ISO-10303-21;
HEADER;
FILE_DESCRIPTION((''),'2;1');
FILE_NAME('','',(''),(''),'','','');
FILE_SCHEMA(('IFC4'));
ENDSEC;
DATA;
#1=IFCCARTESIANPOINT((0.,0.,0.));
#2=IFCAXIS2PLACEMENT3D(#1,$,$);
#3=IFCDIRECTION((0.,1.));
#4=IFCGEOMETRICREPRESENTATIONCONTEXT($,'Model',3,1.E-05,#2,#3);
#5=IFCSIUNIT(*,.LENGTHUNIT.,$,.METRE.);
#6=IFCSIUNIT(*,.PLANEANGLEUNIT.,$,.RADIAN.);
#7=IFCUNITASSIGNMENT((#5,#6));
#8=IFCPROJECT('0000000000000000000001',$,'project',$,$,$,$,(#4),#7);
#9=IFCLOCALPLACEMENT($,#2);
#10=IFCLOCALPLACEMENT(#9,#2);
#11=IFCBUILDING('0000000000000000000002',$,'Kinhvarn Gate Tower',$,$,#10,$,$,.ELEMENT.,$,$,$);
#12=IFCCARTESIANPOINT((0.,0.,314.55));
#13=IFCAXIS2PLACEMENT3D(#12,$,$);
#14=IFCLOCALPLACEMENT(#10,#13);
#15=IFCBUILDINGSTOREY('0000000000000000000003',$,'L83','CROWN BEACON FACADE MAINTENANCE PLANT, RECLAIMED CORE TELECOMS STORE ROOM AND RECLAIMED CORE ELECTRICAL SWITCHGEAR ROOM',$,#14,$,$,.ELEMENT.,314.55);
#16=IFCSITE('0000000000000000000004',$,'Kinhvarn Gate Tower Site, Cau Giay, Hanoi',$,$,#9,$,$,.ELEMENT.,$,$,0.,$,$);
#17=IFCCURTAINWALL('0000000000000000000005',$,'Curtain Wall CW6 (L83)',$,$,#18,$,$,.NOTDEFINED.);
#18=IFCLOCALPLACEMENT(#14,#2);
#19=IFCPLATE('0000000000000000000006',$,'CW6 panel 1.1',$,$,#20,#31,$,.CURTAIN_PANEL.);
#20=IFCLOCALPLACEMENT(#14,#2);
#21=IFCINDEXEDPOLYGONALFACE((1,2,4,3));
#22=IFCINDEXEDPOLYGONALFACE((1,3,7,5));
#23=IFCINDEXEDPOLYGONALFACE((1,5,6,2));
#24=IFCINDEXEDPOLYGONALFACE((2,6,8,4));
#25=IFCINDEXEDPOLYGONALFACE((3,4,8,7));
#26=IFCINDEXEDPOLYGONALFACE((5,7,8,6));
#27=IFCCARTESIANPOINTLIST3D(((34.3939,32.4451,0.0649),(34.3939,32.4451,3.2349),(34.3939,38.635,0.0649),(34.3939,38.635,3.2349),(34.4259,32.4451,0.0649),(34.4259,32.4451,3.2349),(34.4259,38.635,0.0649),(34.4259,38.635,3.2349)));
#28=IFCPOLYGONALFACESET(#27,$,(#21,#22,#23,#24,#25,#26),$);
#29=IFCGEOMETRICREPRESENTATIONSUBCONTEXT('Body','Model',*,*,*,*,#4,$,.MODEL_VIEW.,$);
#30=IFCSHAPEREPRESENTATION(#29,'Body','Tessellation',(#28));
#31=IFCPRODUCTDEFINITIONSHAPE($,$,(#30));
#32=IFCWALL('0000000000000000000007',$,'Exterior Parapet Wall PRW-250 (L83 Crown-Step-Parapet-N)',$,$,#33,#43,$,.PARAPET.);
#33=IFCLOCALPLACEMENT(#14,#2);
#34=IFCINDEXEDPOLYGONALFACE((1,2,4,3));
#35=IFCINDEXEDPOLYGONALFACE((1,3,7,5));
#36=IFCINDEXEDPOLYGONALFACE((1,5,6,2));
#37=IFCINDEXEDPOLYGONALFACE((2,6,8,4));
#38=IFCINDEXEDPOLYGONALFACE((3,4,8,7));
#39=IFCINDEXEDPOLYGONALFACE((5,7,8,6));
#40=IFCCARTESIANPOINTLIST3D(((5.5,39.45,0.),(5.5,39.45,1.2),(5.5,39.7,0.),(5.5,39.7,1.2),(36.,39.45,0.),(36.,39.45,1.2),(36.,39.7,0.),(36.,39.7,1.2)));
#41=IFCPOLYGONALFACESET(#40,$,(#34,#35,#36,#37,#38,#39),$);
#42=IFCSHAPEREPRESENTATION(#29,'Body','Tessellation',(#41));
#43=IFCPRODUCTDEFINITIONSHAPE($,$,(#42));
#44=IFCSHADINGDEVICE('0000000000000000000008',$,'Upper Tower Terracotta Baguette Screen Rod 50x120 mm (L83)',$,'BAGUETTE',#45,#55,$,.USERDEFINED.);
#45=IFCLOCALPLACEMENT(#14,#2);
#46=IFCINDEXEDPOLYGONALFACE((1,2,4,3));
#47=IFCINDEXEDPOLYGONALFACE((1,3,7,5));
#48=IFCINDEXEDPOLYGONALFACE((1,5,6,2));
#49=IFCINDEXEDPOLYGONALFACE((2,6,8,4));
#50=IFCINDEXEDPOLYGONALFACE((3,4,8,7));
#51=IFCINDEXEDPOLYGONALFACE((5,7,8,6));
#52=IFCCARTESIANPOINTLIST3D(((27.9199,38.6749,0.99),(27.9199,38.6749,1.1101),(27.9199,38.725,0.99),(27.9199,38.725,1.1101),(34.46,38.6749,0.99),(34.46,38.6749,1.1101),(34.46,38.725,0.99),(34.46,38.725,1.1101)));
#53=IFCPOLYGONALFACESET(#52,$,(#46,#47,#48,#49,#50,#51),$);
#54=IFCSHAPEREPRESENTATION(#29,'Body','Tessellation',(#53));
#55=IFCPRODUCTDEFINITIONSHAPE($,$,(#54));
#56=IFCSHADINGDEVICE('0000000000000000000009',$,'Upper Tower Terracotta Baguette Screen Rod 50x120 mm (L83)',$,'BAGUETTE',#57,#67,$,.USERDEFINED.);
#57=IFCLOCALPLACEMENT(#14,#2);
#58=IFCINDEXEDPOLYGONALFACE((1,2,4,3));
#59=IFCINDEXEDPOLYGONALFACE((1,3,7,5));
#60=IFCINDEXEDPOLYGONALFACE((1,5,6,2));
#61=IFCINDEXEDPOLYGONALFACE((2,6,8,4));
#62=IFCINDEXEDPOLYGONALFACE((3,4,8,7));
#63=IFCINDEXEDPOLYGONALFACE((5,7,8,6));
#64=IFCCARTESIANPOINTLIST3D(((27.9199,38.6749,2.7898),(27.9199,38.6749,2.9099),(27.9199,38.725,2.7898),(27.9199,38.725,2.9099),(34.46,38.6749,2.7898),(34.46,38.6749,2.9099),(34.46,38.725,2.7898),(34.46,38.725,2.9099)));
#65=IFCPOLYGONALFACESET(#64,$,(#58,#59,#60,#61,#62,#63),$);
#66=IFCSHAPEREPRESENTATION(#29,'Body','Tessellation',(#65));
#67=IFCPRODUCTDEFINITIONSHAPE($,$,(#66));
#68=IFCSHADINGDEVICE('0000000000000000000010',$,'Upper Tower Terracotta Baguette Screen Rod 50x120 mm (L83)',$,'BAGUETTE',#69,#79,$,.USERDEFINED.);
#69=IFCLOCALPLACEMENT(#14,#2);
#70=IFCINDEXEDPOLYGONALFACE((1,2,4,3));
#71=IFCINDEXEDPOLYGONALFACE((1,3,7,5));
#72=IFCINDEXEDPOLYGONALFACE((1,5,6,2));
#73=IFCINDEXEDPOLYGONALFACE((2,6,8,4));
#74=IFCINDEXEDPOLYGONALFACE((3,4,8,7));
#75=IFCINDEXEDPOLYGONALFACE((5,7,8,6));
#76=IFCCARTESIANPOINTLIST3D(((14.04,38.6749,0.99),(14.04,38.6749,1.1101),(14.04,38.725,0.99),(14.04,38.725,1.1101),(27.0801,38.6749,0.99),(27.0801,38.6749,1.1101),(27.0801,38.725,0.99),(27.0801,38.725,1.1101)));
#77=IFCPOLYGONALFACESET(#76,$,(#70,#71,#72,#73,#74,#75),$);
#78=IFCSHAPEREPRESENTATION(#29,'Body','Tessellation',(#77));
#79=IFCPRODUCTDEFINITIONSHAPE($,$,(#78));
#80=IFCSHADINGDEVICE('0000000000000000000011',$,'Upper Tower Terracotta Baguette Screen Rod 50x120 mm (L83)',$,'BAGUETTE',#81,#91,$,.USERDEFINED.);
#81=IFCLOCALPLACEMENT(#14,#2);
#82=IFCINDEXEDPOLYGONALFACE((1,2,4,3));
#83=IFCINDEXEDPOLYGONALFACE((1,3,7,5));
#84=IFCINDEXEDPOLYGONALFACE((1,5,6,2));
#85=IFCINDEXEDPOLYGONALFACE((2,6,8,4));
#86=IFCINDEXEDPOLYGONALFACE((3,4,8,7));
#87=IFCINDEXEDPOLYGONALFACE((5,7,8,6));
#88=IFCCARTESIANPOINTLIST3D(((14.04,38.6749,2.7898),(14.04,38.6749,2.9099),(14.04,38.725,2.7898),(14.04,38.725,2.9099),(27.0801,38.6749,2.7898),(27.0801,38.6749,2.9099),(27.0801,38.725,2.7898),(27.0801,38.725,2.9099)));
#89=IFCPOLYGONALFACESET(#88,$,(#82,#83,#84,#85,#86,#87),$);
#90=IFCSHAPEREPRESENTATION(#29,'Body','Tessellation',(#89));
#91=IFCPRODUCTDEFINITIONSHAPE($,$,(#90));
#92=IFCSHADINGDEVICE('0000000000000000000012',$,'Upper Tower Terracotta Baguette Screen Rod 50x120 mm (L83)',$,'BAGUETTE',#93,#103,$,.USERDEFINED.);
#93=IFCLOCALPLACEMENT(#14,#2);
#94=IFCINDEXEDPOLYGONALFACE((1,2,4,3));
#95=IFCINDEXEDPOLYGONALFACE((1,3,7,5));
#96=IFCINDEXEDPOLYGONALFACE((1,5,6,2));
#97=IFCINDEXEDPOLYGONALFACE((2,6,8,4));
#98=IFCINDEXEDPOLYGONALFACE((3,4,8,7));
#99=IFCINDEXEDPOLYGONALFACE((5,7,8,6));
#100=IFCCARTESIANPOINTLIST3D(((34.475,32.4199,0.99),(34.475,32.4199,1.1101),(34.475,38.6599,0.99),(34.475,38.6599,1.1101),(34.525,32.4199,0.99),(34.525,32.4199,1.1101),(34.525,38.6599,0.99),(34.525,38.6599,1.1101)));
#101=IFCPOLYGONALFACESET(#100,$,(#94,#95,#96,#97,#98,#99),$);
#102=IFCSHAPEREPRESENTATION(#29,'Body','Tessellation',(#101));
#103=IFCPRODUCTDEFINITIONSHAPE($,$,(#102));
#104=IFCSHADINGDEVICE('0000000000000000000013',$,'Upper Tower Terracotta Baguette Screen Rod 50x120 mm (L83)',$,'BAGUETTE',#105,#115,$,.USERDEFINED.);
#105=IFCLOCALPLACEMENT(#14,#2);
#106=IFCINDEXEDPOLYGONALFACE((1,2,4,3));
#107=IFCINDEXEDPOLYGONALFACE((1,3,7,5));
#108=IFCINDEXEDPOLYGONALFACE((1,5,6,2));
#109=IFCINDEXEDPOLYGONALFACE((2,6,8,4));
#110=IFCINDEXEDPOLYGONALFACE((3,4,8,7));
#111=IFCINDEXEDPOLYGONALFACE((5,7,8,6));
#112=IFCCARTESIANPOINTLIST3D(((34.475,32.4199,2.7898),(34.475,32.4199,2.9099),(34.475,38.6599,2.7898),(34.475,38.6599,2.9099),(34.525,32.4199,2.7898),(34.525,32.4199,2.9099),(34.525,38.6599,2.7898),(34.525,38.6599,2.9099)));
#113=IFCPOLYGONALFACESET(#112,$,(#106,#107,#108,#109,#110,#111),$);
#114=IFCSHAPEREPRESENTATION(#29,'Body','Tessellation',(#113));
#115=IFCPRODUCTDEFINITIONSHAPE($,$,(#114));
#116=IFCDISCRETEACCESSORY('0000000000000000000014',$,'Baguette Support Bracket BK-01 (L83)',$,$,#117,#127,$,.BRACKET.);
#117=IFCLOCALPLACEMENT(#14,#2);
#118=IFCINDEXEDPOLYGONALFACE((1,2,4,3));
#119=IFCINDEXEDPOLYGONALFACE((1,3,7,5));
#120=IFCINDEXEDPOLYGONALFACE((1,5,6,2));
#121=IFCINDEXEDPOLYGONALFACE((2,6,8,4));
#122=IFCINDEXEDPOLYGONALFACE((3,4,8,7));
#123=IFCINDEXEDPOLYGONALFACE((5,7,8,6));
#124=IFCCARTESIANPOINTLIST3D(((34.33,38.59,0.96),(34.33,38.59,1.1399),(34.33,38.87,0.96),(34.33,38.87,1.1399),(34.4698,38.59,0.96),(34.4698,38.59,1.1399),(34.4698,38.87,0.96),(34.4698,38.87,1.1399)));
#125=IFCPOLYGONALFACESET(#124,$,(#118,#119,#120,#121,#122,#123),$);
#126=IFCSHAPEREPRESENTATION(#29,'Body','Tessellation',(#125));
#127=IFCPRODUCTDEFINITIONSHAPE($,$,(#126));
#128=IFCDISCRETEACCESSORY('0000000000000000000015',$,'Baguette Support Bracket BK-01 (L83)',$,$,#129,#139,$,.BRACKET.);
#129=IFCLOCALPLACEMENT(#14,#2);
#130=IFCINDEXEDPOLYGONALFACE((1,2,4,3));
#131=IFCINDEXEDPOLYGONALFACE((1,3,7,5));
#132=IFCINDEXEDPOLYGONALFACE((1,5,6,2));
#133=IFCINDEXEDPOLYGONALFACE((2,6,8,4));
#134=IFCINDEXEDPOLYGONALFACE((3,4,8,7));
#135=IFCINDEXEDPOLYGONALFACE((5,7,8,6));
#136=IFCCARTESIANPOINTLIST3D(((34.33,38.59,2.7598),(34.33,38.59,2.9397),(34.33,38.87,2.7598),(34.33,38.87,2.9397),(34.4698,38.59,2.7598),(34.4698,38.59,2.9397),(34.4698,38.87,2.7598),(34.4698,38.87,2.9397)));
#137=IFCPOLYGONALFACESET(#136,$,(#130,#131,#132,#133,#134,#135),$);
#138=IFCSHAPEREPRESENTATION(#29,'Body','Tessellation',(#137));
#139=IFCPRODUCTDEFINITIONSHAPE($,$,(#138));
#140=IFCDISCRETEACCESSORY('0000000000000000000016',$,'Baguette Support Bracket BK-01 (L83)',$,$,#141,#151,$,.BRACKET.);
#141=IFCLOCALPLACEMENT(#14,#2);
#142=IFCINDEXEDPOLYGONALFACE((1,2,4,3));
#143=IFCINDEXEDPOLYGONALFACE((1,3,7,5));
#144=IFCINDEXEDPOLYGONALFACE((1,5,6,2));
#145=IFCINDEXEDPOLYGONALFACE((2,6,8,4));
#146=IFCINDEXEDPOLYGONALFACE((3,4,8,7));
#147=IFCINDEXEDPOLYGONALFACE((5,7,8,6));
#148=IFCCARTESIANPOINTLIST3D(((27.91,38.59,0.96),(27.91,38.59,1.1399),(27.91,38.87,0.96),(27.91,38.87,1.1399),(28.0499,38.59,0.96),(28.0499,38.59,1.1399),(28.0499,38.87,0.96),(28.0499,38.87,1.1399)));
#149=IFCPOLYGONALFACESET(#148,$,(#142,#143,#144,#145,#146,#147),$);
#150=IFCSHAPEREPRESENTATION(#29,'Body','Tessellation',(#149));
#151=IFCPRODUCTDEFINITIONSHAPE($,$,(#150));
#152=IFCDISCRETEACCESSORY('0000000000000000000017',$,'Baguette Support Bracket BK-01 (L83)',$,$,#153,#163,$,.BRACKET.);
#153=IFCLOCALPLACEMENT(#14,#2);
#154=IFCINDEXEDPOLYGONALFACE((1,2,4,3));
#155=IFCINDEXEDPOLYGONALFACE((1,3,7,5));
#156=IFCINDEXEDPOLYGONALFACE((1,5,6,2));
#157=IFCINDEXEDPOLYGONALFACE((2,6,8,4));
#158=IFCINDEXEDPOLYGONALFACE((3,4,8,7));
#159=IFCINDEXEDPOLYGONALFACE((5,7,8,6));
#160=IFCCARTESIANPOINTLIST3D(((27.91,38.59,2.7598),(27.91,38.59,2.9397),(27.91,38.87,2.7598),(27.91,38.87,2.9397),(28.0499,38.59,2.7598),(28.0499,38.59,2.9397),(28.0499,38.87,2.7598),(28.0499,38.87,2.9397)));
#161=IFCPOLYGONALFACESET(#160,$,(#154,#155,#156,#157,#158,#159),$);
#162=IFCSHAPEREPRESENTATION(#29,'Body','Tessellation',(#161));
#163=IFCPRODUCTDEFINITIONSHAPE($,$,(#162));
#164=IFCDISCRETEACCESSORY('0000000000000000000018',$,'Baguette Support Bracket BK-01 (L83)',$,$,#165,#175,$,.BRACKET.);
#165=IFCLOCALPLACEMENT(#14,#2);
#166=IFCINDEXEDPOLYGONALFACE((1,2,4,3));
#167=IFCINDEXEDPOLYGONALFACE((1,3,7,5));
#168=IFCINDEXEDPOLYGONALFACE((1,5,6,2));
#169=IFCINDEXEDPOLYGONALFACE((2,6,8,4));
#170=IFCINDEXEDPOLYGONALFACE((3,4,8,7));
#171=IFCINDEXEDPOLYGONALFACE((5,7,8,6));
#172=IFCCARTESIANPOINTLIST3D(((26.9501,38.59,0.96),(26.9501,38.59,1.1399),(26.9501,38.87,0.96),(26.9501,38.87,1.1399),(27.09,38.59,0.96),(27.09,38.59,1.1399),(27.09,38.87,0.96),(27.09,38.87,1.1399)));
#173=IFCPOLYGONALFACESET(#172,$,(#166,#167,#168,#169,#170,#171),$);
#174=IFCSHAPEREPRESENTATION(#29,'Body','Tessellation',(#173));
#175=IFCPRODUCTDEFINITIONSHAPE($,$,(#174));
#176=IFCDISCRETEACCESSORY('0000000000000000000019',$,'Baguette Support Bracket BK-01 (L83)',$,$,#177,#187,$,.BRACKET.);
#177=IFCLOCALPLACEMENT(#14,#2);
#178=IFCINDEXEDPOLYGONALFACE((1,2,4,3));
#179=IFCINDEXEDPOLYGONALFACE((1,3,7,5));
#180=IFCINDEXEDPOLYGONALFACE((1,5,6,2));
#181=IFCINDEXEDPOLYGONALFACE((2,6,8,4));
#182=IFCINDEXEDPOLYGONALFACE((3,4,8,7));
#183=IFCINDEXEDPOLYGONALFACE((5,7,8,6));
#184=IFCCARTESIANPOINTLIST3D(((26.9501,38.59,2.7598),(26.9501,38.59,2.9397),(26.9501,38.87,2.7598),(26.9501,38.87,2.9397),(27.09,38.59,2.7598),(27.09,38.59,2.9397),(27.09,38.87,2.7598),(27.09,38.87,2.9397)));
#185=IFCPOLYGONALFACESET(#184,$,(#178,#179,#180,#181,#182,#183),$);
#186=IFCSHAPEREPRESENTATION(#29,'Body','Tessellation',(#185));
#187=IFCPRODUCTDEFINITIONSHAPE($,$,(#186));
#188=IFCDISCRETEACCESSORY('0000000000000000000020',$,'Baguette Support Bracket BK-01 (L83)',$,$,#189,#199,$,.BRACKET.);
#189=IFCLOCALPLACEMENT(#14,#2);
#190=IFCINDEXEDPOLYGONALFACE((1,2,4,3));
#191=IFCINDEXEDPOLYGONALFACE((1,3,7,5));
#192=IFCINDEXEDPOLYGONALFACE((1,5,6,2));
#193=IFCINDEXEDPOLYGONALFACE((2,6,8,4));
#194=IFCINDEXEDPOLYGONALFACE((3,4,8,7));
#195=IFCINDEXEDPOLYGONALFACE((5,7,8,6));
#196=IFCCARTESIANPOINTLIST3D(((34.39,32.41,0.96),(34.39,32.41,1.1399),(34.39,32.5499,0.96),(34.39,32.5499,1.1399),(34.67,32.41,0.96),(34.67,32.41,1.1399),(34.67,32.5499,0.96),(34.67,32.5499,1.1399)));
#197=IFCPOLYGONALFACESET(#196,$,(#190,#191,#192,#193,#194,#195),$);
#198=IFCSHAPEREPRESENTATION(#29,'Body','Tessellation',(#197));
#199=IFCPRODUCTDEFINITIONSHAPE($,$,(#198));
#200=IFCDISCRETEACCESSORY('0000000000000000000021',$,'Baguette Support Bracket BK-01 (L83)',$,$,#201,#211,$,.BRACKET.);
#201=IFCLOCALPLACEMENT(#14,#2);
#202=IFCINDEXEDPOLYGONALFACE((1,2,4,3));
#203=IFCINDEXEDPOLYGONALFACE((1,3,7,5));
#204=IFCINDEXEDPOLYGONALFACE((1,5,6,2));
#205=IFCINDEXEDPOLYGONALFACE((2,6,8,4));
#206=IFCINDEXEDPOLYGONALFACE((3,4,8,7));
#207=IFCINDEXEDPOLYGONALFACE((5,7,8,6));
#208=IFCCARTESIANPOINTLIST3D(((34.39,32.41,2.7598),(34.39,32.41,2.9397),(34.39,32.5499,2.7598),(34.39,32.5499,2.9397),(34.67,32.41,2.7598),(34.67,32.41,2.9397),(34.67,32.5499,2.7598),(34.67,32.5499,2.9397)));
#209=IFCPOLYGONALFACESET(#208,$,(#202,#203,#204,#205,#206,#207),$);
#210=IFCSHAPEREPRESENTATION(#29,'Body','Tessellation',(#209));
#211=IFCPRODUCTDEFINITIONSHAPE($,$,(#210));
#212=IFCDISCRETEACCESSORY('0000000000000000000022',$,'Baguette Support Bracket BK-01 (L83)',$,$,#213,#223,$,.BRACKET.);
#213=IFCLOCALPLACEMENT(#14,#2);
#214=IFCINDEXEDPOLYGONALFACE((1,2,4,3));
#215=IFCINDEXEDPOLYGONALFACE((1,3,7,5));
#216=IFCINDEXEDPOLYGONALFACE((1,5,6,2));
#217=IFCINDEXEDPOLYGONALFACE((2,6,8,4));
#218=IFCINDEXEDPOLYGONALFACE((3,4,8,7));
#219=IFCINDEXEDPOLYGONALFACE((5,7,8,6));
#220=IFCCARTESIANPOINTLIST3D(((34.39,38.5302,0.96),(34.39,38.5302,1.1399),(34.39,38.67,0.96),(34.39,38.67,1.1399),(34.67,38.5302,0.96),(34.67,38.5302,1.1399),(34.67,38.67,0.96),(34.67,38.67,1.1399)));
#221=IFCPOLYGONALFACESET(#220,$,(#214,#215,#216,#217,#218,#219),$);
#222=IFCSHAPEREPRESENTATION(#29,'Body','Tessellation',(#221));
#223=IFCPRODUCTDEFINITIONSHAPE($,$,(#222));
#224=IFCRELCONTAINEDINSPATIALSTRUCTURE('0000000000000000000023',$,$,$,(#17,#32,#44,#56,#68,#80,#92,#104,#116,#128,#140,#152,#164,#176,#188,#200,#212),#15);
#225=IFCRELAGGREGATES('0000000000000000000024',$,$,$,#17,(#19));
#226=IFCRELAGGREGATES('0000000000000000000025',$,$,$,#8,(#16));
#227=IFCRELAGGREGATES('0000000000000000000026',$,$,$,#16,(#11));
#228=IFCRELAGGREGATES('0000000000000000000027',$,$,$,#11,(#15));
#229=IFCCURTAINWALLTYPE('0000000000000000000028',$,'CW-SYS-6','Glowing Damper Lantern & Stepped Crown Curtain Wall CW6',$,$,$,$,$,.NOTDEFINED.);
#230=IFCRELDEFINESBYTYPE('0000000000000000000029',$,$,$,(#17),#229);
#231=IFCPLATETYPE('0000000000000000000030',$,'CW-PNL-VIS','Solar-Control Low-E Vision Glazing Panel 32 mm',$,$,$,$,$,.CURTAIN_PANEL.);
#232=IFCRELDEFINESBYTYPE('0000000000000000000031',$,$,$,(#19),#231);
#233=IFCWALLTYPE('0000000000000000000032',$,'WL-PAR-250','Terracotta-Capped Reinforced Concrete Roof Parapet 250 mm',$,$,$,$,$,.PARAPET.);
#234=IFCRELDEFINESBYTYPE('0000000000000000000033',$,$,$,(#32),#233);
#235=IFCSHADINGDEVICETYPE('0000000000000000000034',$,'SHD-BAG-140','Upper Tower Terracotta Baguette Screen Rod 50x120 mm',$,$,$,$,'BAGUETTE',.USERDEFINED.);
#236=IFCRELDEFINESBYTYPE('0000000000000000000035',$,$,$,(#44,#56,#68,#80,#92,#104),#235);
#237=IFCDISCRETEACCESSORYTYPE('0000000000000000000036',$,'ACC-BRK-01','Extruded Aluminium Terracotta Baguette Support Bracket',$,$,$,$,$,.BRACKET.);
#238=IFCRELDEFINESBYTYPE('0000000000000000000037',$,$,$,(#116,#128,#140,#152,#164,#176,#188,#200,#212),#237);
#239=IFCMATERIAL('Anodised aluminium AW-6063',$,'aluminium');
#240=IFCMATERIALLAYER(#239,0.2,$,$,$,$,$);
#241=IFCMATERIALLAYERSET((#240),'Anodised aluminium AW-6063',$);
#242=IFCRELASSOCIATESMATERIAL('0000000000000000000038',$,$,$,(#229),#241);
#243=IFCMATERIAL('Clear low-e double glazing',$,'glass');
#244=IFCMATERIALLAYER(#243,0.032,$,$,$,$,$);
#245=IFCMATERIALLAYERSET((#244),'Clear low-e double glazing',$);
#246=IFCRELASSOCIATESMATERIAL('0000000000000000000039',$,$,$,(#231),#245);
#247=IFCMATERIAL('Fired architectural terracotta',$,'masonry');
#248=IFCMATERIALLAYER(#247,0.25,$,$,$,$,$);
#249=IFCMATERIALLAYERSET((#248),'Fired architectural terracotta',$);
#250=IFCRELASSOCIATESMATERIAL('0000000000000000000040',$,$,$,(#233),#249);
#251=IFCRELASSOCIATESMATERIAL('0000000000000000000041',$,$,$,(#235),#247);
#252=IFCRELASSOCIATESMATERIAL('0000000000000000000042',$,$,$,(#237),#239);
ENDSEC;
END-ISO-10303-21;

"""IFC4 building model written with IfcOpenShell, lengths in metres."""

from ifc_helpers import new_model, si_unit, direction, frame, frame_2d, origin, origin_2d, place, context, subcontext, project, spatial, rectangle, extrude, material, layer, layer_set, material_profile, profile_set, type_object, element, aggregate, save


model = new_model("IFC4")

# Units and contexts
model_context = context("Model", 3, precision=1e-05, world=origin(), true_north=direction((0.0, 1.0)))
body_context = subcontext(model_context, "Body", "Model", "MODEL_VIEW")
ifc_project = project(units=[si_unit("LENGTHUNIT", "METRE"), si_unit("PLANEANGLEUNIT", "RADIAN")], contexts=[model_context])

# Site, building, storey
site_placement = place(None, origin())
site = spatial("IfcSite", under=ifc_project, at=site_placement, Name="Kinhvarn Gate Tower Site, Cau Giay, Hanoi", CompositionType="ELEMENT", RefElevation=0.0)
building_placement = place(site_placement, origin())
building = spatial("IfcBuilding", under=site, at=building_placement, Name="Kinhvarn Gate Tower", CompositionType="ELEMENT")
storey_placement = place(building_placement, frame((0.0, 0.0, 314.55)))
storey = spatial("IfcBuildingStorey", under=building, at=storey_placement, Name="L83", Description="CROWN BEACON FACADE MAINTENANCE PLANT, RECLAIMED CORE TELECOMS STORE ROOM AND RECLAIMED CORE ELECTRICAL SWITCHGEAR ROOM", CompositionType="ELEMENT", Elevation=314.55)

# Shared definitions
ifc_material_1 = material(Name="Anodised aluminium AW-6063", Category="aluminium")
ifc_layer_1 = layer(ifc_material_1, 0.2)
ifc_layer_set_1 = layer_set([ifc_layer_1], Name="Anodised aluminium AW-6063")
curtain_wall_type = type_object("IfcCurtainWallType", Name="CW-SYS-6", Description="Glowing Damper Lantern & Stepped Crown Curtain Wall CW6", PredefinedType="NOTDEFINED", material=ifc_layer_set_1)

# Curtain wall
curtain_wall_1_placement = place(storey_placement, origin())
curtain_wall_1 = element("IfcCurtainWall", 1, at=curtain_wall_1_placement, inside=storey, type_object=curtain_wall_type, Name="Curtain Wall CW6 (L83)", PredefinedType="NOTDEFINED")

# Plate
ifc_material_2 = material(Name="Clear low-e double glazing", Category="glass")
ifc_layer_2 = layer(ifc_material_2, 0.032)
ifc_layer_set_2 = layer_set([ifc_layer_2], Name="Clear low-e double glazing")
plate_type = type_object("IfcPlateType", Name="CW-PNL-VIS", Description="Solar-Control Low-E Vision Glazing Panel 32 mm", PredefinedType="CURTAIN_PANEL", material=ifc_layer_set_2)
plate_1_placement = place(storey_placement, frame((34.4099, 35.54, 0.0649), z_axis=(0.0, 0.0, 1.0), x_axis=(0.0, 1.0, 0.0)))
plate_1 = element("IfcPlate", 2, at=plate_1_placement, type_object=plate_type, Name="CW6 panel 1.1", PredefinedType="CURTAIN_PANEL", context=body_context, shape_type="SweptSolid", body=[
    extrude(rectangle(XDim=6.1899, YDim=0.032, at=origin_2d()), origin(), (0.0, 0.0, 1.0), 3.1699),
])
aggregate(curtain_wall_1, [plate_1])

# Wall
ifc_material_3 = material(Name="Fired architectural terracotta", Category="masonry")
ifc_layer_3 = layer(ifc_material_3, 0.25)
ifc_layer_set_3 = layer_set([ifc_layer_3], Name="Fired architectural terracotta")
wall_type = type_object("IfcWallType", Name="WL-PAR-250", Description="Terracotta-Capped Reinforced Concrete Roof Parapet 250 mm", PredefinedType="PARAPET", material=ifc_layer_set_3)
wall_placement = place(storey_placement, frame((36.0, 39.575, 0.0), z_axis=(0.0, 0.0, 1.0), x_axis=(-1.0, 0.0, 0.0)))
element("IfcWall", 3, at=wall_placement, inside=storey, type_object=wall_type, Name="Exterior Parapet Wall PRW-250 (L83 Crown-Step-Parapet-N)", PredefinedType="PARAPET", context=body_context, shape_type="SweptSolid", body=[
    extrude(rectangle(XDim=30.5, YDim=0.25, at=frame_2d((15.25, 0.0))), origin(), (0.0, 0.0, 1.0), 1.2),
])

# Shading devices
ifc_material_profile_1 = material_profile(ifc_material_3, rectangle(XDim=0.05, YDim=0.1201, at=origin_2d()), Name="TC 50x120")
ifc_profile_set_1 = profile_set([ifc_material_profile_1], Name="Fired architectural terracotta")
shading_device_type = type_object("IfcShadingDeviceType", Name="SHD-BAG-140", Description="Upper Tower Terracotta Baguette Screen Rod 50x120 mm", ElementType="BAGUETTE", PredefinedType="USERDEFINED", material=ifc_profile_set_1)
for number, where, z_axis, x_axis, name in (
    (4, (34.46, 38.7, 1.05), (-1.0, 0.0, 0.0), (0.0, -1.0, 0.0), "Upper Tower Terracotta Baguette Screen Rod 50x120 mm (L83)"),
    (5, (34.46, 38.7, 2.8499), (-1.0, 0.0, 0.0), (0.0, -1.0, 0.0), "Upper Tower Terracotta Baguette Screen Rod 50x120 mm (L83)"),
):
    element("IfcShadingDevice", number, at=place(storey_placement, frame(where, z_axis=z_axis, x_axis=x_axis)), inside=storey, type_object=shading_device_type, Name=name, ObjectType="BAGUETTE", PredefinedType="USERDEFINED", context=body_context, shape_type="SweptSolid", body=[
        extrude(rectangle(XDim=0.05, YDim=0.1201, at=origin_2d()), origin(), (0.0, 0.0, 1.0), 6.54),
    ])
for number, where, z_axis, x_axis, name in (
    (6, (27.0801, 38.7, 1.05), (-1.0, 0.0, 0.0), (0.0, -1.0, 0.0), "Upper Tower Terracotta Baguette Screen Rod 50x120 mm (L83)"),
    (7, (27.0801, 38.7, 2.8499), (-1.0, 0.0, 0.0), (0.0, -1.0, 0.0), "Upper Tower Terracotta Baguette Screen Rod 50x120 mm (L83)"),
):
    element("IfcShadingDevice", number, at=place(storey_placement, frame(where, z_axis=z_axis, x_axis=x_axis)), inside=storey, type_object=shading_device_type, Name=name, ObjectType="BAGUETTE", PredefinedType="USERDEFINED", context=body_context, shape_type="SweptSolid", body=[
        extrude(rectangle(XDim=0.05, YDim=0.1201, at=origin_2d()), origin(), (0.0, 0.0, 1.0), 13.04),
    ])
for number, where, z_axis, x_axis, name in (
    (8, (34.5, 32.4199, 1.05), (0.0, 1.0, 0.0), (-1.0, 0.0, 0.0), "Upper Tower Terracotta Baguette Screen Rod 50x120 mm (L83)"),
    (9, (34.5, 32.4199, 2.8499), (0.0, 1.0, 0.0), (-1.0, 0.0, 0.0), "Upper Tower Terracotta Baguette Screen Rod 50x120 mm (L83)"),
):
    element("IfcShadingDevice", number, at=place(storey_placement, frame(where, z_axis=z_axis, x_axis=x_axis)), inside=storey, type_object=shading_device_type, Name=name, ObjectType="BAGUETTE", PredefinedType="USERDEFINED", context=body_context, shape_type="SweptSolid", body=[
        extrude(rectangle(XDim=0.05, YDim=0.1201, at=origin_2d()), origin(), (0.0, 0.0, 1.0), 6.24),
    ])

# Discrete accessories
discrete_accessory_type = type_object("IfcDiscreteAccessoryType", Name="ACC-BRK-01", Description="Extruded Aluminium Terracotta Baguette Support Bracket", PredefinedType="BRACKET", material=ifc_material_1)
for number, where, z_axis, x_axis, name in (
    (10, (34.3999, 38.73, 0.96), (0.0, 0.0, 1.0), (-1.0, 0.0, 0.0), "Baguette Support Bracket BK-01 (L83)"),
    (11, (34.3999, 38.73, 2.7598), (0.0, 0.0, 1.0), (-1.0, 0.0, 0.0), "Baguette Support Bracket BK-01 (L83)"),
    (12, (27.98, 38.73, 0.96), (0.0, 0.0, 1.0), (-1.0, 0.0, 0.0), "Baguette Support Bracket BK-01 (L83)"),
    (13, (27.98, 38.73, 2.7598), (0.0, 0.0, 1.0), (-1.0, 0.0, 0.0), "Baguette Support Bracket BK-01 (L83)"),
    (14, (27.02, 38.73, 0.96), (0.0, 0.0, 1.0), (-1.0, 0.0, 0.0), "Baguette Support Bracket BK-01 (L83)"),
    (15, (27.02, 38.73, 2.7598), (0.0, 0.0, 1.0), (-1.0, 0.0, 0.0), "Baguette Support Bracket BK-01 (L83)"),
    (16, (34.53, 32.48, 0.96), (0.0, 0.0, 1.0), (0.0, 1.0, 0.0), "Baguette Support Bracket BK-01 (L83)"),
    (17, (34.53, 32.48, 2.7598), (0.0, 0.0, 1.0), (0.0, 1.0, 0.0), "Baguette Support Bracket BK-01 (L83)"),
    (18, (34.53, 38.6001, 0.96), (0.0, 0.0, 1.0), (0.0, 1.0, 0.0), "Baguette Support Bracket BK-01 (L83)"),
):
    element("IfcDiscreteAccessory", number, at=place(storey_placement, frame(where, z_axis=z_axis, x_axis=x_axis)), inside=storey, type_object=discrete_accessory_type, Name=name, PredefinedType="BRACKET", context=body_context, shape_type="SweptSolid", body=[
        extrude(rectangle(XDim=0.1399, YDim=0.28, at=origin_2d()), origin(), (0.0, 0.0, 1.0), 0.1799),
    ])

save(model, "model.ifc")
